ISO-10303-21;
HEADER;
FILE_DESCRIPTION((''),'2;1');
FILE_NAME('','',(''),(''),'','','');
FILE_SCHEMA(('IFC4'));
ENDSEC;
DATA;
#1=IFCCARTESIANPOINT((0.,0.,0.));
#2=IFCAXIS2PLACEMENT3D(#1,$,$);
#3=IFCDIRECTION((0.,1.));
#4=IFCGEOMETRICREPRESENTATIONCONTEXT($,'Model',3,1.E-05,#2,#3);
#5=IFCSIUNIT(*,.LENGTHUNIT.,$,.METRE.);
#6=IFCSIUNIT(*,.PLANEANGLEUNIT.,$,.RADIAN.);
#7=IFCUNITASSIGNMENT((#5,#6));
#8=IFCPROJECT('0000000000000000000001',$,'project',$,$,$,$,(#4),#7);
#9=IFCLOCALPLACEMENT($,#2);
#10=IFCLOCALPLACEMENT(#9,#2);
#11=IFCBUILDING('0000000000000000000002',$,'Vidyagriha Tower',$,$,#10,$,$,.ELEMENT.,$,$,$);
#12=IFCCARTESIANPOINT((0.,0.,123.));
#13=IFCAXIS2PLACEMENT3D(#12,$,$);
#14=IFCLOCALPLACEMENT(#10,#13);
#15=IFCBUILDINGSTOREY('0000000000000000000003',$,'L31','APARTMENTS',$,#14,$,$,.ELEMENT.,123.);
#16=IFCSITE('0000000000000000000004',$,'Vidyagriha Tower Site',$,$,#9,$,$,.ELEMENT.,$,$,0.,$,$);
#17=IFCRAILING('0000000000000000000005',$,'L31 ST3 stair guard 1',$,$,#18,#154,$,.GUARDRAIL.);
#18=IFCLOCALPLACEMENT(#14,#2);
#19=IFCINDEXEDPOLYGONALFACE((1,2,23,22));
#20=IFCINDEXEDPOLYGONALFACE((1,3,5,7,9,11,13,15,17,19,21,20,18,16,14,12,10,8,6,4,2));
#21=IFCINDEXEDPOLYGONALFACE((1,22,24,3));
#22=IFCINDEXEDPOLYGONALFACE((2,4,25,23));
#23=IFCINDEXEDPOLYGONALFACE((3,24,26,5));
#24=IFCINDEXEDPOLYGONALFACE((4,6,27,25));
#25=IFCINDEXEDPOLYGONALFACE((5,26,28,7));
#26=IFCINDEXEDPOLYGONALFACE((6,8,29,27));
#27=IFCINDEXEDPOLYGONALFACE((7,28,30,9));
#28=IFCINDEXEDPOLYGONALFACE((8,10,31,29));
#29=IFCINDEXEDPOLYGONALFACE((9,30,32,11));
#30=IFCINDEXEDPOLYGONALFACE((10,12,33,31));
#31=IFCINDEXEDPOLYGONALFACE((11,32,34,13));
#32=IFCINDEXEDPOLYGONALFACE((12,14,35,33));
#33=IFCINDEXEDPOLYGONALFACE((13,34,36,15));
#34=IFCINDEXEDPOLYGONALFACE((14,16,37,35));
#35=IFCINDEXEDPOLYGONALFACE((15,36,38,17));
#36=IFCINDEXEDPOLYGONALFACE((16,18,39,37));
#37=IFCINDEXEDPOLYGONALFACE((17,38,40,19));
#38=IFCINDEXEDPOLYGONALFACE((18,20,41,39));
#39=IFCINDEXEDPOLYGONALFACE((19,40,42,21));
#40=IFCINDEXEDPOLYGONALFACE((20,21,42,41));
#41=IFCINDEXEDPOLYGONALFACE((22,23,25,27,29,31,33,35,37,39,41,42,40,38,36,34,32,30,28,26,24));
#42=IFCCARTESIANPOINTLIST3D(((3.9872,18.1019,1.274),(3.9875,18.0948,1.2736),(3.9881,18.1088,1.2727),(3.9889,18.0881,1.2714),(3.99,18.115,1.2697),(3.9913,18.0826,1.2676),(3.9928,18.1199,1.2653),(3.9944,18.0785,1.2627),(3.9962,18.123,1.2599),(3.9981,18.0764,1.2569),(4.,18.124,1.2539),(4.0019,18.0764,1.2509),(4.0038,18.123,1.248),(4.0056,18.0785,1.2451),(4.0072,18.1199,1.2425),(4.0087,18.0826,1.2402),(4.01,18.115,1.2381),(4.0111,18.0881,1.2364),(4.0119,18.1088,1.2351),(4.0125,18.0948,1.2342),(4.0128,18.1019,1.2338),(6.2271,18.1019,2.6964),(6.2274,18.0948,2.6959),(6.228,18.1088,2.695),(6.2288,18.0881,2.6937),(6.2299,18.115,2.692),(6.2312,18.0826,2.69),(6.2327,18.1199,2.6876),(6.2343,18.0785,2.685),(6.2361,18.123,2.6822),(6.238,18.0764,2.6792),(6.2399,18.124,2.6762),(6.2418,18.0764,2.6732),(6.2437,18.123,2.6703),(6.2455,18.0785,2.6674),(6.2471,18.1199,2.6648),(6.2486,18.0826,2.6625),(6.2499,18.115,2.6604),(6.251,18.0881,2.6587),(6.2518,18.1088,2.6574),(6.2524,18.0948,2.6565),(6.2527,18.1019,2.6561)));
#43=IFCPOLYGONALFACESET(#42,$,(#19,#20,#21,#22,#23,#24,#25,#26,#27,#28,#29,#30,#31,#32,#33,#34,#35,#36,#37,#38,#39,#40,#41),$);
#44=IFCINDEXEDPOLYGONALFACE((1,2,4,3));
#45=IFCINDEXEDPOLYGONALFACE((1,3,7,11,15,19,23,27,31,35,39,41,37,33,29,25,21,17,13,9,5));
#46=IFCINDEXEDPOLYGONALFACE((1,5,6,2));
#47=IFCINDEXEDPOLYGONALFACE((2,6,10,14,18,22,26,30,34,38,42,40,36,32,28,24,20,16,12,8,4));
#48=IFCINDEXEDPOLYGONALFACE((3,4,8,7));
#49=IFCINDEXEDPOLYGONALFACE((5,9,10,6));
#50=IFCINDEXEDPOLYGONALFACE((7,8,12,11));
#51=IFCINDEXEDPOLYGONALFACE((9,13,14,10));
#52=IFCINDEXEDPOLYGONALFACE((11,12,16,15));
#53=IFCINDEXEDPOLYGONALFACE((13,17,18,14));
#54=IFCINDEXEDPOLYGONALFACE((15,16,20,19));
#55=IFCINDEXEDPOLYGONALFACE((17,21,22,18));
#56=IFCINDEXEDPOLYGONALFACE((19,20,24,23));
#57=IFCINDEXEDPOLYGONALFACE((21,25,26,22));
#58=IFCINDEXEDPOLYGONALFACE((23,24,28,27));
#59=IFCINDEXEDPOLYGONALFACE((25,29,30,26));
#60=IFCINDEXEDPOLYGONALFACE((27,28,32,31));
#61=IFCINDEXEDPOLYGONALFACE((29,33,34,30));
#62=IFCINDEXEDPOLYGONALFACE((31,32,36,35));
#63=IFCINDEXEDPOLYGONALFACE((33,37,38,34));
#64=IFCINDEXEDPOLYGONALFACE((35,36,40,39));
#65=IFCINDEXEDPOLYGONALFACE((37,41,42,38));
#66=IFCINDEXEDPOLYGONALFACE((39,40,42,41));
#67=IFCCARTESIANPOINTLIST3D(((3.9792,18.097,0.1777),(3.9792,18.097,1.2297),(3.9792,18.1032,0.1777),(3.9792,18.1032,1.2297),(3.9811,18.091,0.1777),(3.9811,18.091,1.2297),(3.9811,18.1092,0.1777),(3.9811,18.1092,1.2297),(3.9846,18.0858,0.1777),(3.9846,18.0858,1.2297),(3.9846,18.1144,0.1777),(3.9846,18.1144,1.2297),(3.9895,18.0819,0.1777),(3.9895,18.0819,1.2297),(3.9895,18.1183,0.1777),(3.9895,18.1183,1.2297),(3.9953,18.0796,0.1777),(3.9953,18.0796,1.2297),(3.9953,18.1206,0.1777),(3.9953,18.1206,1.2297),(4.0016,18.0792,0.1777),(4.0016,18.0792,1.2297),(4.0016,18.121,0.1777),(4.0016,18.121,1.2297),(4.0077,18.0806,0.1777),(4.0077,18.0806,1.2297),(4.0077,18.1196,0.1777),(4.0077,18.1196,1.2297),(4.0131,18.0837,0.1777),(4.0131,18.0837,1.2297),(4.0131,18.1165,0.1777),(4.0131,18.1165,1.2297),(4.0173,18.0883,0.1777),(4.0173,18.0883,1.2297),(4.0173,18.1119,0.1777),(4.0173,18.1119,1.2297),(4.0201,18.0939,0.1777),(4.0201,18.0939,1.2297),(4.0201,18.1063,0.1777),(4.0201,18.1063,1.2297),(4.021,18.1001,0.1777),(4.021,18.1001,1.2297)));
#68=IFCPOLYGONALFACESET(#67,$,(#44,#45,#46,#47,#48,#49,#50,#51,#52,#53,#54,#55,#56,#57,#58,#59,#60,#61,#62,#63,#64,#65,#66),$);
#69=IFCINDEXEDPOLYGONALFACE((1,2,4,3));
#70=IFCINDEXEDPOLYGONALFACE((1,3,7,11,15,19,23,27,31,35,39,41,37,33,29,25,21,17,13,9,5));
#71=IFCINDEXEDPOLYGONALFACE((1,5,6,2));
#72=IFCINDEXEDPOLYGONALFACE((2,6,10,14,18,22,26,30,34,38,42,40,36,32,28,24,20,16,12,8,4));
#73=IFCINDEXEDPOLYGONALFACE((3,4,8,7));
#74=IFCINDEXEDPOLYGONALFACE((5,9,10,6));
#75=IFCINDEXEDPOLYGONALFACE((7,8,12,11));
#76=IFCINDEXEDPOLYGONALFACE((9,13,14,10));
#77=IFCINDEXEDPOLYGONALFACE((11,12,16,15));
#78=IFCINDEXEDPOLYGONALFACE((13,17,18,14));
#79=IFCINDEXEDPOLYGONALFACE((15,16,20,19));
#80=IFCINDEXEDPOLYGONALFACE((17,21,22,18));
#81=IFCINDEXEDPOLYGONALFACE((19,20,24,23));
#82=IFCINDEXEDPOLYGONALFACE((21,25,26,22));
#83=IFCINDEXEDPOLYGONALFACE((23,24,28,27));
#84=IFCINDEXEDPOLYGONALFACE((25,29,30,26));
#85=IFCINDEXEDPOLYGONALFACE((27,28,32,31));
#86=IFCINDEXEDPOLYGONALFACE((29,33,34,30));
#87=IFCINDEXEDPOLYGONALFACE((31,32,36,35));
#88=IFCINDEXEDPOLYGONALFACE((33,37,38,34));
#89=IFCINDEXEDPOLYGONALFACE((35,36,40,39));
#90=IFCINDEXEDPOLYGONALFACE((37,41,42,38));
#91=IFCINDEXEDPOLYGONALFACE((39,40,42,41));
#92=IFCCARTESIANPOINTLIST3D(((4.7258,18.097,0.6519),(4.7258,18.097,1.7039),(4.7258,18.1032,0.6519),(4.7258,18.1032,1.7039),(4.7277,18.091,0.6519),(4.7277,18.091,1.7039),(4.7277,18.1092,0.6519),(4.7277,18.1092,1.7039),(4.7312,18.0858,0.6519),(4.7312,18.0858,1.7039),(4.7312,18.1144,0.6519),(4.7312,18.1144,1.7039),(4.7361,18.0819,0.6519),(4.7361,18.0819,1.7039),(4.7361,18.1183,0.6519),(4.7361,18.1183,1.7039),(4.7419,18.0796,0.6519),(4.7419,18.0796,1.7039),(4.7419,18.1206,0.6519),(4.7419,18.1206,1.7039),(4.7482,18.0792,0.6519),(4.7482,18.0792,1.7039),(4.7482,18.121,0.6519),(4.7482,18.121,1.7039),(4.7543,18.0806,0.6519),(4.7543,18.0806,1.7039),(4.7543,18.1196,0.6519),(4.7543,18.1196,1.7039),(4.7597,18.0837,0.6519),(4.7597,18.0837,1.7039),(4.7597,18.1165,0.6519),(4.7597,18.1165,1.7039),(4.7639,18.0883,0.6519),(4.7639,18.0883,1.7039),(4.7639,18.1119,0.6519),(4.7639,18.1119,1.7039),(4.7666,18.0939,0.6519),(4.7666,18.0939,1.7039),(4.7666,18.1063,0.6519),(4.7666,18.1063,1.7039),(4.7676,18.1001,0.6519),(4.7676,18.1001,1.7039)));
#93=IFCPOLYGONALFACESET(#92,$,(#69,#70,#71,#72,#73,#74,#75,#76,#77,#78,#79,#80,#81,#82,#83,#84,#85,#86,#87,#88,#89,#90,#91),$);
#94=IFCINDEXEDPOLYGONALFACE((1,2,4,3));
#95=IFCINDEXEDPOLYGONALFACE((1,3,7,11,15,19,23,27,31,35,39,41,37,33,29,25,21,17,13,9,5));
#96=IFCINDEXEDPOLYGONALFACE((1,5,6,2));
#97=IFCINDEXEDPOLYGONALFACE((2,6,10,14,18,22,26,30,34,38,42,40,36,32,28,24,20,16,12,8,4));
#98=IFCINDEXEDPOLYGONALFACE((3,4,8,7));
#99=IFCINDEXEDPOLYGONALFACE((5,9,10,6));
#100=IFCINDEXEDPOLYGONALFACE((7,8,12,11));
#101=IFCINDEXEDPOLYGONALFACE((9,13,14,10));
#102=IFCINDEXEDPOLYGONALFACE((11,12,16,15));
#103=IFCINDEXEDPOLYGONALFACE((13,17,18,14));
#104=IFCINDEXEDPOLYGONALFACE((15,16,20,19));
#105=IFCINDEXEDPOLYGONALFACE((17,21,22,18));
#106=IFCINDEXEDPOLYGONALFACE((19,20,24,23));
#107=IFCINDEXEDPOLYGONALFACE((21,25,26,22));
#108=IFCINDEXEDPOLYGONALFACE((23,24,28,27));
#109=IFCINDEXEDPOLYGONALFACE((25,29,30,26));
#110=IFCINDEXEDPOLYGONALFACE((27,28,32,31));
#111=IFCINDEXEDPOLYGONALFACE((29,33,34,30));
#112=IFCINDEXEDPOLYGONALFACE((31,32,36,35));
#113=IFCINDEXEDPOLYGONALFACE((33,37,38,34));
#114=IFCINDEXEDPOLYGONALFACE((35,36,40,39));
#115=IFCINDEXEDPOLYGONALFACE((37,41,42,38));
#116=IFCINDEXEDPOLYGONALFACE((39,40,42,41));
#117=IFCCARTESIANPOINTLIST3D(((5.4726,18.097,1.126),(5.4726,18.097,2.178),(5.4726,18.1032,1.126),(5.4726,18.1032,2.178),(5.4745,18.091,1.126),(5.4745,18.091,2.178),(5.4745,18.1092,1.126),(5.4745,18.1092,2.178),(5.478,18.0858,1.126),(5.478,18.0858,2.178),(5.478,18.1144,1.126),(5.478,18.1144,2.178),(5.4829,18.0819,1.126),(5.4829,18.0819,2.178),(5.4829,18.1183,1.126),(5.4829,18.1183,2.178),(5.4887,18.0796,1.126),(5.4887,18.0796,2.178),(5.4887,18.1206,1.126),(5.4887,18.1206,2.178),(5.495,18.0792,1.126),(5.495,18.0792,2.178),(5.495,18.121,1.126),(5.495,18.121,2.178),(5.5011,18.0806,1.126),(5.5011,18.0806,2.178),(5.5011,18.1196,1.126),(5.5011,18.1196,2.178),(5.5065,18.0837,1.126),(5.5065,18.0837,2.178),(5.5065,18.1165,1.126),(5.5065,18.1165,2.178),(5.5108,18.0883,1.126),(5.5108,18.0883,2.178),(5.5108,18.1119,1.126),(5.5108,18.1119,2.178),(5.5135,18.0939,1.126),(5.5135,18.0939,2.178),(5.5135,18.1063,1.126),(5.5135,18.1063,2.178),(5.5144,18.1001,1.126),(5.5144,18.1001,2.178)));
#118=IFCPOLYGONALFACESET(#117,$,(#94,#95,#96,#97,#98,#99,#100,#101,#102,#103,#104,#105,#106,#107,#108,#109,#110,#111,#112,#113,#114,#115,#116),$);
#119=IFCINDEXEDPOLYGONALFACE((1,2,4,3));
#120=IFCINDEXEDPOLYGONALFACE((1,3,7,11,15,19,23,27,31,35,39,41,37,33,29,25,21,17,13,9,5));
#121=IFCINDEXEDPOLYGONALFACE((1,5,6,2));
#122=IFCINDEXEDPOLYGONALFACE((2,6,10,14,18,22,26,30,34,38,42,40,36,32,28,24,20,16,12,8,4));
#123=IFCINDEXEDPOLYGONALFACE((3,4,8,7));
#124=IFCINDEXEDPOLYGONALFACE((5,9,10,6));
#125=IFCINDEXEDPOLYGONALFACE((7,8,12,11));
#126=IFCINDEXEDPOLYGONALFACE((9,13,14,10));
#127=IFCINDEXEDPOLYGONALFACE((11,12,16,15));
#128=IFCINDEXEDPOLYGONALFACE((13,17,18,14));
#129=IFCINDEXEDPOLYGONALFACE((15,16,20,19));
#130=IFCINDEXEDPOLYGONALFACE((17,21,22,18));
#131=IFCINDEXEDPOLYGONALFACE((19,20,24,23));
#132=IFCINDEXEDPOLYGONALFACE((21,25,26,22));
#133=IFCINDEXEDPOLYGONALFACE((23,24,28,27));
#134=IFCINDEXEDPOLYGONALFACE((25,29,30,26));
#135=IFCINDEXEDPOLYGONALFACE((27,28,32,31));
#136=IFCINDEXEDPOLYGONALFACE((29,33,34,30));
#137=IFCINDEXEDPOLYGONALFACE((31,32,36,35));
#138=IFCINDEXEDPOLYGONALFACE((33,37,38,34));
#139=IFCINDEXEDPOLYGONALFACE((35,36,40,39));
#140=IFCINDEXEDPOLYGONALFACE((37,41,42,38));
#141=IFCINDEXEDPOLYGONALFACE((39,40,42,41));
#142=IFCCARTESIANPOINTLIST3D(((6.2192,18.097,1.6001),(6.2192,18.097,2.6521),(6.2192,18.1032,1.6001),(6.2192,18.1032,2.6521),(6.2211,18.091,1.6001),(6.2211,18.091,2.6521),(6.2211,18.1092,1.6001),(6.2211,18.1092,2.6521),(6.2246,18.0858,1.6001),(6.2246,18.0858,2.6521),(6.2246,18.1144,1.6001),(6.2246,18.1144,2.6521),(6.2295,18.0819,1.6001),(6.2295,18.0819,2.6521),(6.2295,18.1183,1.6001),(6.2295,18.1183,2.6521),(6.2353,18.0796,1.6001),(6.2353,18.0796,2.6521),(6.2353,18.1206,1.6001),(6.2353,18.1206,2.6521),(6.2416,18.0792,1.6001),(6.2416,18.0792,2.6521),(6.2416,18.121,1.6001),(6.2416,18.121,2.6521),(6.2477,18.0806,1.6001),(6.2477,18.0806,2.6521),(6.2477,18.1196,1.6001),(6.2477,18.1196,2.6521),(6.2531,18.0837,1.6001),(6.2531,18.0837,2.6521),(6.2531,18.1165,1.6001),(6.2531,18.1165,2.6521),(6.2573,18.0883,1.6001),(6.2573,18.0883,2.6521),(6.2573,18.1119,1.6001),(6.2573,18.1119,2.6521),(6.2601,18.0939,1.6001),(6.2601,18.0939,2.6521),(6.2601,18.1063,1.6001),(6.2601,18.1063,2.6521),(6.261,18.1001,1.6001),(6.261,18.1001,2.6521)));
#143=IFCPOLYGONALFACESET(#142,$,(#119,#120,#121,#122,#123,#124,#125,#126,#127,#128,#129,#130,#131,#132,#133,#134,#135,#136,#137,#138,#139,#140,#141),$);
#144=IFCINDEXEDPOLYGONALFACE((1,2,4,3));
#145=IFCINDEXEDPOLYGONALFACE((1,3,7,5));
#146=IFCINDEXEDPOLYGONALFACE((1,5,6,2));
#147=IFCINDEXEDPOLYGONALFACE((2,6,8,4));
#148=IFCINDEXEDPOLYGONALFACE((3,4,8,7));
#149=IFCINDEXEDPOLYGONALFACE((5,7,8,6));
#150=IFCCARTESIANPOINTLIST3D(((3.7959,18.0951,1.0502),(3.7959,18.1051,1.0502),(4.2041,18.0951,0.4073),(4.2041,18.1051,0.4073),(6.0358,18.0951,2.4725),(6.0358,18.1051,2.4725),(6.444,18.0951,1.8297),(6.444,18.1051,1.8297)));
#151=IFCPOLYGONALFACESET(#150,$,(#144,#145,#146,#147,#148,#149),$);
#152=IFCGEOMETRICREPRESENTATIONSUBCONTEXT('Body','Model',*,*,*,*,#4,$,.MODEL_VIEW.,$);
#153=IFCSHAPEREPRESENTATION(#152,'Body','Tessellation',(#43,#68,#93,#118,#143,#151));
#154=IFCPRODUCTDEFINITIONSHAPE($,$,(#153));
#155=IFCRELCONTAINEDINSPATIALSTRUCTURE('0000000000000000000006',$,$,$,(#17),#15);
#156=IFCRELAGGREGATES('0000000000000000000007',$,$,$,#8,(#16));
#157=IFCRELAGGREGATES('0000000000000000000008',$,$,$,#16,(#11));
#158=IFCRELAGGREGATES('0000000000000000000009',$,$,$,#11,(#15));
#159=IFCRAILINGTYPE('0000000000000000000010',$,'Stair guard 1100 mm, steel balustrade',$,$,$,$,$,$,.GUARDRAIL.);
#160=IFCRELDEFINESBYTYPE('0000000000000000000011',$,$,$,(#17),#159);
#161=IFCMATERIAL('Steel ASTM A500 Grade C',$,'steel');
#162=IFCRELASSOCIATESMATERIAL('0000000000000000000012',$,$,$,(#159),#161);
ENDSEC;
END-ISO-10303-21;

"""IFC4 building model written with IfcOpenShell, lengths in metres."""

from ifc_helpers import new_model, si_unit, direction, frame, origin, origin_2d, place, context, subcontext, project, spatial, rectangle, circle, extrude, material, type_object, element, save


model = new_model("IFC4")

# Units and contexts
model_context = context("Model", 3, precision=1e-05, world=origin(), true_north=direction((0.0, 1.0)))
body_context = subcontext(model_context, "Body", "Model", "MODEL_VIEW")
ifc_project = project(units=[si_unit("LENGTHUNIT", "METRE"), si_unit("PLANEANGLEUNIT", "RADIAN")], contexts=[model_context])

# Site, building, storey
site_placement = place(None, origin())
site = spatial("IfcSite", under=ifc_project, at=site_placement, Name="Vidyagriha Tower Site", CompositionType="ELEMENT", RefElevation=0.0)
building_placement = place(site_placement, origin())
building = spatial("IfcBuilding", under=site, at=building_placement, Name="Vidyagriha Tower", CompositionType="ELEMENT")
storey_placement = place(building_placement, frame((0.0, 0.0, 123.0)))
storey = spatial("IfcBuildingStorey", under=building, at=storey_placement, Name="L31", Description="APARTMENTS", CompositionType="ELEMENT", Elevation=123.0)

# Railing
ifc_material_1 = material(Name="Steel ASTM A500 Grade C", Category="steel")
railing_type_1 = type_object("IfcRailingType", Name="Stair guard 1100 mm, steel balustrade", PredefinedType="GUARDRAIL", material=ifc_material_1)
railing_1_placement = place(storey_placement, frame((4.0, 18.1001, 0.1777)))
element("IfcRailing", 1, at=railing_1_placement, inside=storey, type_object=railing_type_1, Name="L31 ST3 stair guard 1", PredefinedType="GUARDRAIL", context=body_context, shape_type="SweptSolid", body=[
    extrude(circle(Radius=0.0239, at=origin_2d()), frame((0.0, 0.0, 1.0762), z_axis=(0.844188, 0.0, 0.536048), x_axis=(0.0, 1.0, 0.0)), (0.0, 0.0, 1.0), 2.6533),
    extrude(circle(Radius=0.021, at=origin_2d()), origin(), (0.0, 0.0, 1.0), 1.052),
    extrude(circle(Radius=0.021, at=origin_2d()), frame((0.7466, 0.0, 0.4741)), (0.0, 0.0, 1.0), 1.052),
    extrude(circle(Radius=0.021, at=origin_2d()), frame((1.4934, 0.0, 0.9482)), (0.0, 0.0, 1.0), 1.052),
    extrude(circle(Radius=0.021, at=origin_2d()), frame((2.24, 0.0, 1.4224)), (0.0, 0.0, 1.0), 1.052),
    extrude(rectangle(XDim=0.01, YDim=0.7615, at=origin_2d()), frame((0.0, 0.0, 0.551), z_axis=(0.844188, 0.0, 0.536048), x_axis=(0.0, 1.0, 0.0)), (0.0, 0.0, 1.0), 2.6533),
])

save(model, "model.ifc")
